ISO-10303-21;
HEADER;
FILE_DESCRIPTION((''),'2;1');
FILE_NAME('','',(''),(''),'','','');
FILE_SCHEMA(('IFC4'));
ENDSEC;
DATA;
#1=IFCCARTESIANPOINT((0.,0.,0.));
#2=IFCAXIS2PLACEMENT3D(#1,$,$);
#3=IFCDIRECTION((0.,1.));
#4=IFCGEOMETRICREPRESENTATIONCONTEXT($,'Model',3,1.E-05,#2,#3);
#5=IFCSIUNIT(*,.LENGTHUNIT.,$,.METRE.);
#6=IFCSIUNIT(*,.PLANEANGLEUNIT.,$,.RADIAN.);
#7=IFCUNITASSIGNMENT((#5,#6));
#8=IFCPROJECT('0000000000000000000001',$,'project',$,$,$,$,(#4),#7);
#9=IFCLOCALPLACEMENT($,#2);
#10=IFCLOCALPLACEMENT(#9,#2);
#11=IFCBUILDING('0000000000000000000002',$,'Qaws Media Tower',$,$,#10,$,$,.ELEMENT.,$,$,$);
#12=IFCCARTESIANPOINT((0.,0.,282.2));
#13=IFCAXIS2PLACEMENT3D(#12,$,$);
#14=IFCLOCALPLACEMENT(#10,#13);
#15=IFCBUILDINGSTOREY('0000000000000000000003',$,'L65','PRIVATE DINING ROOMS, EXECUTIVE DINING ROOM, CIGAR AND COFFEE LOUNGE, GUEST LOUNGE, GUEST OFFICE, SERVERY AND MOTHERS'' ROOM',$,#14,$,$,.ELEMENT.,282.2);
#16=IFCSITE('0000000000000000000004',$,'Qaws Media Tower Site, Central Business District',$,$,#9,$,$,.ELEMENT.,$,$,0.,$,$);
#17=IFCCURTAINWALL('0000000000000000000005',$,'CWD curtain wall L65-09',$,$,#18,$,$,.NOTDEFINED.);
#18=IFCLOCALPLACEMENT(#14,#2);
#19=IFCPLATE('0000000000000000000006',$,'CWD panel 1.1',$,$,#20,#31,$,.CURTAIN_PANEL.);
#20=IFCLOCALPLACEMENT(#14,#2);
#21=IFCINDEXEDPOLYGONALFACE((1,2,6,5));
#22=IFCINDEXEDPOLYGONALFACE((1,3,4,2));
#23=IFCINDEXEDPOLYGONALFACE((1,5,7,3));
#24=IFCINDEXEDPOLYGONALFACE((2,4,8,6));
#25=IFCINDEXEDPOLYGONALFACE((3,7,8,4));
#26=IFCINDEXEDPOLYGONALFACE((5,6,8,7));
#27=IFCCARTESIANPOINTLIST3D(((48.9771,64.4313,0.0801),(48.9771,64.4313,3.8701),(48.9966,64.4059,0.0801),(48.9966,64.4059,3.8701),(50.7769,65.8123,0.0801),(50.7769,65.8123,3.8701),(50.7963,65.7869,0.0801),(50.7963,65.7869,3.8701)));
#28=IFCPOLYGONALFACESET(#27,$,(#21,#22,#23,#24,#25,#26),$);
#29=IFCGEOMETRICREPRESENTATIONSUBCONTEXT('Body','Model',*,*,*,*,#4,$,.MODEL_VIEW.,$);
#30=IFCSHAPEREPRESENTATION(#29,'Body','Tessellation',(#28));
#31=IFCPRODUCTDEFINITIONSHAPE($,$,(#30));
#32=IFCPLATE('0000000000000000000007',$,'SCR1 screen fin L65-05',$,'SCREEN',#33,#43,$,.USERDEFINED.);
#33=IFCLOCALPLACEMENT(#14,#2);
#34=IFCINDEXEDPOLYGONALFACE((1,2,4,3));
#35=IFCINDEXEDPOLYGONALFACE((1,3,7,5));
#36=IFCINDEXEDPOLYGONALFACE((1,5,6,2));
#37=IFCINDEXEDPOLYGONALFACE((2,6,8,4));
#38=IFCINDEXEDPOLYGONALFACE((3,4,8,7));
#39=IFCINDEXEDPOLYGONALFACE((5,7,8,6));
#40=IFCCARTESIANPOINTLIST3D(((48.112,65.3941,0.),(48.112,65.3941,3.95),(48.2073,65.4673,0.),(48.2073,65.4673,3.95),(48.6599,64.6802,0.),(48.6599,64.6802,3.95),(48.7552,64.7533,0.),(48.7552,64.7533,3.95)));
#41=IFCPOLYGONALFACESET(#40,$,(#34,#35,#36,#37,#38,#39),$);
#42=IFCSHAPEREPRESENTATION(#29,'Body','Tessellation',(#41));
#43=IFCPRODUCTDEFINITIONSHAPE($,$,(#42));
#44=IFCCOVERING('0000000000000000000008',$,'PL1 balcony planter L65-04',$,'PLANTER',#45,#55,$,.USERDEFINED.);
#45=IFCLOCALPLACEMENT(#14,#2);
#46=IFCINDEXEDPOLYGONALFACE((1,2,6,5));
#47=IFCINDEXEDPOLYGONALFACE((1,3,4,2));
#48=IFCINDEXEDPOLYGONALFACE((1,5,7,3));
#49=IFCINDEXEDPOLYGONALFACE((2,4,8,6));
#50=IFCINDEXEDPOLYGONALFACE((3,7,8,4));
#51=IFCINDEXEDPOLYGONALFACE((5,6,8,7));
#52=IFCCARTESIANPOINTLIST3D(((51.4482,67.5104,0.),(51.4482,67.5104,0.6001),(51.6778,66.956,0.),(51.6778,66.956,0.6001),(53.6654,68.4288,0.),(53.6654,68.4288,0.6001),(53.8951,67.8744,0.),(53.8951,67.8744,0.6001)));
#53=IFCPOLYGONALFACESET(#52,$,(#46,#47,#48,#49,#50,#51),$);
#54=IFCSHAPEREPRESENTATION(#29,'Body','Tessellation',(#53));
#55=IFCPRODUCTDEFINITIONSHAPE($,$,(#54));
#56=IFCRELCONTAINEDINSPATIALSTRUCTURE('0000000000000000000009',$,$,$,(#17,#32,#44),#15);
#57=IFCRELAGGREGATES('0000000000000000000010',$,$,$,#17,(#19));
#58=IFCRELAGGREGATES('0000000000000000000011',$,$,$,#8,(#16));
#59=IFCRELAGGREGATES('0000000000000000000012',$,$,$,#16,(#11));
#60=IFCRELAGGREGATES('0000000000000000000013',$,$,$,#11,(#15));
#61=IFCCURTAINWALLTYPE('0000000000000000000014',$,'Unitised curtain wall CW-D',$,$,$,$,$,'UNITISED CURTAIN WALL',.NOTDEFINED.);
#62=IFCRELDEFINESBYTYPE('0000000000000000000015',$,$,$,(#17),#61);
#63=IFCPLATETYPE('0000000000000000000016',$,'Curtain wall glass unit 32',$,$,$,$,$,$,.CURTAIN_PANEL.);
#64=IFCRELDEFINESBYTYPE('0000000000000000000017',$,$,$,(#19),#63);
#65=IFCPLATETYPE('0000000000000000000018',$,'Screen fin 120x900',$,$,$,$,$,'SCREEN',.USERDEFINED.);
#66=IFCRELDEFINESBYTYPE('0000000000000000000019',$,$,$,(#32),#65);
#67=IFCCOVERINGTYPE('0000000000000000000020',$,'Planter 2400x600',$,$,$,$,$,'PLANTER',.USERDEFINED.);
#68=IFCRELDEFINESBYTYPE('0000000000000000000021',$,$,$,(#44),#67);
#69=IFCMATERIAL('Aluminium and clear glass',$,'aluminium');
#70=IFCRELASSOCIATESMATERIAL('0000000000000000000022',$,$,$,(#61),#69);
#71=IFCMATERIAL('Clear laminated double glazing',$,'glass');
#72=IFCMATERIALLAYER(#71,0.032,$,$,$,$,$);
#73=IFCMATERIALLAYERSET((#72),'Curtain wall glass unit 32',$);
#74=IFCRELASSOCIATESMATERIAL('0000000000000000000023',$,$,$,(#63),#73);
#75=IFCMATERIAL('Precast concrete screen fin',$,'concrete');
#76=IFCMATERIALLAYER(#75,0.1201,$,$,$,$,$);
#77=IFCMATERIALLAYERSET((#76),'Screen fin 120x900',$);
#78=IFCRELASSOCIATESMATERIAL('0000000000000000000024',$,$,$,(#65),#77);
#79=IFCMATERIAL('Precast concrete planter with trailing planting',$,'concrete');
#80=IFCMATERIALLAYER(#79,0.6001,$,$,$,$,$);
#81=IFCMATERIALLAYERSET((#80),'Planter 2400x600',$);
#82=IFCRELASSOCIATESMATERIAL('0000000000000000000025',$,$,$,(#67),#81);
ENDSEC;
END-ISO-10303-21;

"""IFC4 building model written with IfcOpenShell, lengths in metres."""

from ifc_helpers import new_model, si_unit, direction, frame, origin, origin_2d, place, context, subcontext, project, spatial, rectangle, extrude, material, layer, layer_set, type_object, element, aggregate, save


model = new_model("IFC4")

# Units and contexts
model_context = context("Model", 3, precision=1e-05, world=origin(), true_north=direction((0.0, 1.0)))
body_context = subcontext(model_context, "Body", "Model", "MODEL_VIEW")
ifc_project = project(units=[si_unit("LENGTHUNIT", "METRE"), si_unit("PLANEANGLEUNIT", "RADIAN")], contexts=[model_context])

# Site, building, storey
site_placement = place(None, origin())
site = spatial("IfcSite", under=ifc_project, at=site_placement, Name="Qaws Media Tower Site, Central Business District", CompositionType="ELEMENT", RefElevation=0.0)
building_placement = place(site_placement, origin())
building = spatial("IfcBuilding", under=site, at=building_placement, Name="Qaws Media Tower", CompositionType="ELEMENT")
storey_placement = place(building_placement, frame((0.0, 0.0, 282.2)))
storey = spatial("IfcBuildingStorey", under=building, at=storey_placement, Name="L65", Description="PRIVATE DINING ROOMS, EXECUTIVE DINING ROOM, CIGAR AND COFFEE LOUNGE, GUEST LOUNGE, GUEST OFFICE, SERVERY AND MOTHERS' ROOM", CompositionType="ELEMENT", Elevation=282.2)

# Curtain wall
ifc_material_1 = material(Name="Aluminium and clear glass", Category="aluminium")
curtain_wall_type = type_object("IfcCurtainWallType", Name="Unitised curtain wall CW-D", ElementType="UNITISED CURTAIN WALL", PredefinedType="NOTDEFINED", material=ifc_material_1)
curtain_wall_1_placement = place(storey_placement, origin())
curtain_wall_1 = element("IfcCurtainWall", 1, at=curtain_wall_1_placement, inside=storey, type_object=curtain_wall_type, Name="CWD curtain wall L65-09", PredefinedType="NOTDEFINED")

# Plates
ifc_material_2 = material(Name="Clear laminated double glazing", Category="glass")
ifc_layer_1 = layer(ifc_material_2, 0.032)
ifc_layer_set_1 = layer_set([ifc_layer_1], Name="Curtain wall glass unit 32")
plate_type_1 = type_object("IfcPlateType", Name="Curtain wall glass unit 32", PredefinedType="CURTAIN_PANEL", material=ifc_layer_set_1)
plate_1_placement = place(storey_placement, frame((49.8867, 65.1091, 0.0801), z_axis=(0.0, 0.0, 1.0), x_axis=(-0.793353, -0.608761, 0.0)))
plate_1 = element("IfcPlate", 2, at=plate_1_placement, type_object=plate_type_1, Name="CWD panel 1.1", PredefinedType="CURTAIN_PANEL", context=body_context, shape_type="SweptSolid", body=[
    extrude(rectangle(XDim=2.2686, YDim=0.032, at=origin_2d()), origin(), (0.0, 0.0, 1.0), 3.79),
])
aggregate(curtain_wall_1, [plate_1])
ifc_material_3 = material(Name="Precast concrete screen fin", Category="concrete")
ifc_layer_2 = layer(ifc_material_3, 0.1201)
ifc_layer_set_2 = layer_set([ifc_layer_2], Name="Screen fin 120x900")
plate_type_2 = type_object("IfcPlateType", Name="Screen fin 120x900", ElementType="SCREEN", PredefinedType="USERDEFINED", material=ifc_layer_set_2)
plate_2_placement = place(storey_placement, frame((48.4336, 65.0737, 0.0), z_axis=(0.0, 0.0, 1.0), x_axis=(-0.608761, 0.793353, 0.0)))
element("IfcPlate", 3, at=plate_2_placement, inside=storey, type_object=plate_type_2, Name="SCR1 screen fin L65-05", ObjectType="SCREEN", PredefinedType="USERDEFINED", context=body_context, shape_type="SweptSolid", body=[
    extrude(rectangle(XDim=0.8999, YDim=0.1201, at=origin_2d()), origin(), (0.0, 0.0, 1.0), 3.95),
])

# Covering
ifc_material_4 = material(Name="Precast concrete planter with trailing planting", Category="concrete")
ifc_layer_3 = layer(ifc_material_4, 0.6001)
ifc_layer_set_3 = layer_set([ifc_layer_3], Name="Planter 2400x600")
covering_type = type_object("IfcCoveringType", Name="Planter 2400x600", ElementType="PLANTER", PredefinedType="USERDEFINED", material=ifc_layer_set_3)
covering_placement = place(storey_placement, frame((52.6716, 67.6924, 0.0), z_axis=(0.0, 0.0, 1.0), x_axis=(-0.92388, -0.382683, 0.0)))
element("IfcCovering", 4, at=covering_placement, inside=storey, type_object=covering_type, Name="PL1 balcony planter L65-04", ObjectType="PLANTER", PredefinedType="USERDEFINED", context=body_context, shape_type="SweptSolid", body=[
    extrude(rectangle(XDim=2.3999, YDim=0.6001, at=origin_2d()), origin(), (0.0, 0.0, 1.0), 0.6001),
])

save(model, "model.ifc")
